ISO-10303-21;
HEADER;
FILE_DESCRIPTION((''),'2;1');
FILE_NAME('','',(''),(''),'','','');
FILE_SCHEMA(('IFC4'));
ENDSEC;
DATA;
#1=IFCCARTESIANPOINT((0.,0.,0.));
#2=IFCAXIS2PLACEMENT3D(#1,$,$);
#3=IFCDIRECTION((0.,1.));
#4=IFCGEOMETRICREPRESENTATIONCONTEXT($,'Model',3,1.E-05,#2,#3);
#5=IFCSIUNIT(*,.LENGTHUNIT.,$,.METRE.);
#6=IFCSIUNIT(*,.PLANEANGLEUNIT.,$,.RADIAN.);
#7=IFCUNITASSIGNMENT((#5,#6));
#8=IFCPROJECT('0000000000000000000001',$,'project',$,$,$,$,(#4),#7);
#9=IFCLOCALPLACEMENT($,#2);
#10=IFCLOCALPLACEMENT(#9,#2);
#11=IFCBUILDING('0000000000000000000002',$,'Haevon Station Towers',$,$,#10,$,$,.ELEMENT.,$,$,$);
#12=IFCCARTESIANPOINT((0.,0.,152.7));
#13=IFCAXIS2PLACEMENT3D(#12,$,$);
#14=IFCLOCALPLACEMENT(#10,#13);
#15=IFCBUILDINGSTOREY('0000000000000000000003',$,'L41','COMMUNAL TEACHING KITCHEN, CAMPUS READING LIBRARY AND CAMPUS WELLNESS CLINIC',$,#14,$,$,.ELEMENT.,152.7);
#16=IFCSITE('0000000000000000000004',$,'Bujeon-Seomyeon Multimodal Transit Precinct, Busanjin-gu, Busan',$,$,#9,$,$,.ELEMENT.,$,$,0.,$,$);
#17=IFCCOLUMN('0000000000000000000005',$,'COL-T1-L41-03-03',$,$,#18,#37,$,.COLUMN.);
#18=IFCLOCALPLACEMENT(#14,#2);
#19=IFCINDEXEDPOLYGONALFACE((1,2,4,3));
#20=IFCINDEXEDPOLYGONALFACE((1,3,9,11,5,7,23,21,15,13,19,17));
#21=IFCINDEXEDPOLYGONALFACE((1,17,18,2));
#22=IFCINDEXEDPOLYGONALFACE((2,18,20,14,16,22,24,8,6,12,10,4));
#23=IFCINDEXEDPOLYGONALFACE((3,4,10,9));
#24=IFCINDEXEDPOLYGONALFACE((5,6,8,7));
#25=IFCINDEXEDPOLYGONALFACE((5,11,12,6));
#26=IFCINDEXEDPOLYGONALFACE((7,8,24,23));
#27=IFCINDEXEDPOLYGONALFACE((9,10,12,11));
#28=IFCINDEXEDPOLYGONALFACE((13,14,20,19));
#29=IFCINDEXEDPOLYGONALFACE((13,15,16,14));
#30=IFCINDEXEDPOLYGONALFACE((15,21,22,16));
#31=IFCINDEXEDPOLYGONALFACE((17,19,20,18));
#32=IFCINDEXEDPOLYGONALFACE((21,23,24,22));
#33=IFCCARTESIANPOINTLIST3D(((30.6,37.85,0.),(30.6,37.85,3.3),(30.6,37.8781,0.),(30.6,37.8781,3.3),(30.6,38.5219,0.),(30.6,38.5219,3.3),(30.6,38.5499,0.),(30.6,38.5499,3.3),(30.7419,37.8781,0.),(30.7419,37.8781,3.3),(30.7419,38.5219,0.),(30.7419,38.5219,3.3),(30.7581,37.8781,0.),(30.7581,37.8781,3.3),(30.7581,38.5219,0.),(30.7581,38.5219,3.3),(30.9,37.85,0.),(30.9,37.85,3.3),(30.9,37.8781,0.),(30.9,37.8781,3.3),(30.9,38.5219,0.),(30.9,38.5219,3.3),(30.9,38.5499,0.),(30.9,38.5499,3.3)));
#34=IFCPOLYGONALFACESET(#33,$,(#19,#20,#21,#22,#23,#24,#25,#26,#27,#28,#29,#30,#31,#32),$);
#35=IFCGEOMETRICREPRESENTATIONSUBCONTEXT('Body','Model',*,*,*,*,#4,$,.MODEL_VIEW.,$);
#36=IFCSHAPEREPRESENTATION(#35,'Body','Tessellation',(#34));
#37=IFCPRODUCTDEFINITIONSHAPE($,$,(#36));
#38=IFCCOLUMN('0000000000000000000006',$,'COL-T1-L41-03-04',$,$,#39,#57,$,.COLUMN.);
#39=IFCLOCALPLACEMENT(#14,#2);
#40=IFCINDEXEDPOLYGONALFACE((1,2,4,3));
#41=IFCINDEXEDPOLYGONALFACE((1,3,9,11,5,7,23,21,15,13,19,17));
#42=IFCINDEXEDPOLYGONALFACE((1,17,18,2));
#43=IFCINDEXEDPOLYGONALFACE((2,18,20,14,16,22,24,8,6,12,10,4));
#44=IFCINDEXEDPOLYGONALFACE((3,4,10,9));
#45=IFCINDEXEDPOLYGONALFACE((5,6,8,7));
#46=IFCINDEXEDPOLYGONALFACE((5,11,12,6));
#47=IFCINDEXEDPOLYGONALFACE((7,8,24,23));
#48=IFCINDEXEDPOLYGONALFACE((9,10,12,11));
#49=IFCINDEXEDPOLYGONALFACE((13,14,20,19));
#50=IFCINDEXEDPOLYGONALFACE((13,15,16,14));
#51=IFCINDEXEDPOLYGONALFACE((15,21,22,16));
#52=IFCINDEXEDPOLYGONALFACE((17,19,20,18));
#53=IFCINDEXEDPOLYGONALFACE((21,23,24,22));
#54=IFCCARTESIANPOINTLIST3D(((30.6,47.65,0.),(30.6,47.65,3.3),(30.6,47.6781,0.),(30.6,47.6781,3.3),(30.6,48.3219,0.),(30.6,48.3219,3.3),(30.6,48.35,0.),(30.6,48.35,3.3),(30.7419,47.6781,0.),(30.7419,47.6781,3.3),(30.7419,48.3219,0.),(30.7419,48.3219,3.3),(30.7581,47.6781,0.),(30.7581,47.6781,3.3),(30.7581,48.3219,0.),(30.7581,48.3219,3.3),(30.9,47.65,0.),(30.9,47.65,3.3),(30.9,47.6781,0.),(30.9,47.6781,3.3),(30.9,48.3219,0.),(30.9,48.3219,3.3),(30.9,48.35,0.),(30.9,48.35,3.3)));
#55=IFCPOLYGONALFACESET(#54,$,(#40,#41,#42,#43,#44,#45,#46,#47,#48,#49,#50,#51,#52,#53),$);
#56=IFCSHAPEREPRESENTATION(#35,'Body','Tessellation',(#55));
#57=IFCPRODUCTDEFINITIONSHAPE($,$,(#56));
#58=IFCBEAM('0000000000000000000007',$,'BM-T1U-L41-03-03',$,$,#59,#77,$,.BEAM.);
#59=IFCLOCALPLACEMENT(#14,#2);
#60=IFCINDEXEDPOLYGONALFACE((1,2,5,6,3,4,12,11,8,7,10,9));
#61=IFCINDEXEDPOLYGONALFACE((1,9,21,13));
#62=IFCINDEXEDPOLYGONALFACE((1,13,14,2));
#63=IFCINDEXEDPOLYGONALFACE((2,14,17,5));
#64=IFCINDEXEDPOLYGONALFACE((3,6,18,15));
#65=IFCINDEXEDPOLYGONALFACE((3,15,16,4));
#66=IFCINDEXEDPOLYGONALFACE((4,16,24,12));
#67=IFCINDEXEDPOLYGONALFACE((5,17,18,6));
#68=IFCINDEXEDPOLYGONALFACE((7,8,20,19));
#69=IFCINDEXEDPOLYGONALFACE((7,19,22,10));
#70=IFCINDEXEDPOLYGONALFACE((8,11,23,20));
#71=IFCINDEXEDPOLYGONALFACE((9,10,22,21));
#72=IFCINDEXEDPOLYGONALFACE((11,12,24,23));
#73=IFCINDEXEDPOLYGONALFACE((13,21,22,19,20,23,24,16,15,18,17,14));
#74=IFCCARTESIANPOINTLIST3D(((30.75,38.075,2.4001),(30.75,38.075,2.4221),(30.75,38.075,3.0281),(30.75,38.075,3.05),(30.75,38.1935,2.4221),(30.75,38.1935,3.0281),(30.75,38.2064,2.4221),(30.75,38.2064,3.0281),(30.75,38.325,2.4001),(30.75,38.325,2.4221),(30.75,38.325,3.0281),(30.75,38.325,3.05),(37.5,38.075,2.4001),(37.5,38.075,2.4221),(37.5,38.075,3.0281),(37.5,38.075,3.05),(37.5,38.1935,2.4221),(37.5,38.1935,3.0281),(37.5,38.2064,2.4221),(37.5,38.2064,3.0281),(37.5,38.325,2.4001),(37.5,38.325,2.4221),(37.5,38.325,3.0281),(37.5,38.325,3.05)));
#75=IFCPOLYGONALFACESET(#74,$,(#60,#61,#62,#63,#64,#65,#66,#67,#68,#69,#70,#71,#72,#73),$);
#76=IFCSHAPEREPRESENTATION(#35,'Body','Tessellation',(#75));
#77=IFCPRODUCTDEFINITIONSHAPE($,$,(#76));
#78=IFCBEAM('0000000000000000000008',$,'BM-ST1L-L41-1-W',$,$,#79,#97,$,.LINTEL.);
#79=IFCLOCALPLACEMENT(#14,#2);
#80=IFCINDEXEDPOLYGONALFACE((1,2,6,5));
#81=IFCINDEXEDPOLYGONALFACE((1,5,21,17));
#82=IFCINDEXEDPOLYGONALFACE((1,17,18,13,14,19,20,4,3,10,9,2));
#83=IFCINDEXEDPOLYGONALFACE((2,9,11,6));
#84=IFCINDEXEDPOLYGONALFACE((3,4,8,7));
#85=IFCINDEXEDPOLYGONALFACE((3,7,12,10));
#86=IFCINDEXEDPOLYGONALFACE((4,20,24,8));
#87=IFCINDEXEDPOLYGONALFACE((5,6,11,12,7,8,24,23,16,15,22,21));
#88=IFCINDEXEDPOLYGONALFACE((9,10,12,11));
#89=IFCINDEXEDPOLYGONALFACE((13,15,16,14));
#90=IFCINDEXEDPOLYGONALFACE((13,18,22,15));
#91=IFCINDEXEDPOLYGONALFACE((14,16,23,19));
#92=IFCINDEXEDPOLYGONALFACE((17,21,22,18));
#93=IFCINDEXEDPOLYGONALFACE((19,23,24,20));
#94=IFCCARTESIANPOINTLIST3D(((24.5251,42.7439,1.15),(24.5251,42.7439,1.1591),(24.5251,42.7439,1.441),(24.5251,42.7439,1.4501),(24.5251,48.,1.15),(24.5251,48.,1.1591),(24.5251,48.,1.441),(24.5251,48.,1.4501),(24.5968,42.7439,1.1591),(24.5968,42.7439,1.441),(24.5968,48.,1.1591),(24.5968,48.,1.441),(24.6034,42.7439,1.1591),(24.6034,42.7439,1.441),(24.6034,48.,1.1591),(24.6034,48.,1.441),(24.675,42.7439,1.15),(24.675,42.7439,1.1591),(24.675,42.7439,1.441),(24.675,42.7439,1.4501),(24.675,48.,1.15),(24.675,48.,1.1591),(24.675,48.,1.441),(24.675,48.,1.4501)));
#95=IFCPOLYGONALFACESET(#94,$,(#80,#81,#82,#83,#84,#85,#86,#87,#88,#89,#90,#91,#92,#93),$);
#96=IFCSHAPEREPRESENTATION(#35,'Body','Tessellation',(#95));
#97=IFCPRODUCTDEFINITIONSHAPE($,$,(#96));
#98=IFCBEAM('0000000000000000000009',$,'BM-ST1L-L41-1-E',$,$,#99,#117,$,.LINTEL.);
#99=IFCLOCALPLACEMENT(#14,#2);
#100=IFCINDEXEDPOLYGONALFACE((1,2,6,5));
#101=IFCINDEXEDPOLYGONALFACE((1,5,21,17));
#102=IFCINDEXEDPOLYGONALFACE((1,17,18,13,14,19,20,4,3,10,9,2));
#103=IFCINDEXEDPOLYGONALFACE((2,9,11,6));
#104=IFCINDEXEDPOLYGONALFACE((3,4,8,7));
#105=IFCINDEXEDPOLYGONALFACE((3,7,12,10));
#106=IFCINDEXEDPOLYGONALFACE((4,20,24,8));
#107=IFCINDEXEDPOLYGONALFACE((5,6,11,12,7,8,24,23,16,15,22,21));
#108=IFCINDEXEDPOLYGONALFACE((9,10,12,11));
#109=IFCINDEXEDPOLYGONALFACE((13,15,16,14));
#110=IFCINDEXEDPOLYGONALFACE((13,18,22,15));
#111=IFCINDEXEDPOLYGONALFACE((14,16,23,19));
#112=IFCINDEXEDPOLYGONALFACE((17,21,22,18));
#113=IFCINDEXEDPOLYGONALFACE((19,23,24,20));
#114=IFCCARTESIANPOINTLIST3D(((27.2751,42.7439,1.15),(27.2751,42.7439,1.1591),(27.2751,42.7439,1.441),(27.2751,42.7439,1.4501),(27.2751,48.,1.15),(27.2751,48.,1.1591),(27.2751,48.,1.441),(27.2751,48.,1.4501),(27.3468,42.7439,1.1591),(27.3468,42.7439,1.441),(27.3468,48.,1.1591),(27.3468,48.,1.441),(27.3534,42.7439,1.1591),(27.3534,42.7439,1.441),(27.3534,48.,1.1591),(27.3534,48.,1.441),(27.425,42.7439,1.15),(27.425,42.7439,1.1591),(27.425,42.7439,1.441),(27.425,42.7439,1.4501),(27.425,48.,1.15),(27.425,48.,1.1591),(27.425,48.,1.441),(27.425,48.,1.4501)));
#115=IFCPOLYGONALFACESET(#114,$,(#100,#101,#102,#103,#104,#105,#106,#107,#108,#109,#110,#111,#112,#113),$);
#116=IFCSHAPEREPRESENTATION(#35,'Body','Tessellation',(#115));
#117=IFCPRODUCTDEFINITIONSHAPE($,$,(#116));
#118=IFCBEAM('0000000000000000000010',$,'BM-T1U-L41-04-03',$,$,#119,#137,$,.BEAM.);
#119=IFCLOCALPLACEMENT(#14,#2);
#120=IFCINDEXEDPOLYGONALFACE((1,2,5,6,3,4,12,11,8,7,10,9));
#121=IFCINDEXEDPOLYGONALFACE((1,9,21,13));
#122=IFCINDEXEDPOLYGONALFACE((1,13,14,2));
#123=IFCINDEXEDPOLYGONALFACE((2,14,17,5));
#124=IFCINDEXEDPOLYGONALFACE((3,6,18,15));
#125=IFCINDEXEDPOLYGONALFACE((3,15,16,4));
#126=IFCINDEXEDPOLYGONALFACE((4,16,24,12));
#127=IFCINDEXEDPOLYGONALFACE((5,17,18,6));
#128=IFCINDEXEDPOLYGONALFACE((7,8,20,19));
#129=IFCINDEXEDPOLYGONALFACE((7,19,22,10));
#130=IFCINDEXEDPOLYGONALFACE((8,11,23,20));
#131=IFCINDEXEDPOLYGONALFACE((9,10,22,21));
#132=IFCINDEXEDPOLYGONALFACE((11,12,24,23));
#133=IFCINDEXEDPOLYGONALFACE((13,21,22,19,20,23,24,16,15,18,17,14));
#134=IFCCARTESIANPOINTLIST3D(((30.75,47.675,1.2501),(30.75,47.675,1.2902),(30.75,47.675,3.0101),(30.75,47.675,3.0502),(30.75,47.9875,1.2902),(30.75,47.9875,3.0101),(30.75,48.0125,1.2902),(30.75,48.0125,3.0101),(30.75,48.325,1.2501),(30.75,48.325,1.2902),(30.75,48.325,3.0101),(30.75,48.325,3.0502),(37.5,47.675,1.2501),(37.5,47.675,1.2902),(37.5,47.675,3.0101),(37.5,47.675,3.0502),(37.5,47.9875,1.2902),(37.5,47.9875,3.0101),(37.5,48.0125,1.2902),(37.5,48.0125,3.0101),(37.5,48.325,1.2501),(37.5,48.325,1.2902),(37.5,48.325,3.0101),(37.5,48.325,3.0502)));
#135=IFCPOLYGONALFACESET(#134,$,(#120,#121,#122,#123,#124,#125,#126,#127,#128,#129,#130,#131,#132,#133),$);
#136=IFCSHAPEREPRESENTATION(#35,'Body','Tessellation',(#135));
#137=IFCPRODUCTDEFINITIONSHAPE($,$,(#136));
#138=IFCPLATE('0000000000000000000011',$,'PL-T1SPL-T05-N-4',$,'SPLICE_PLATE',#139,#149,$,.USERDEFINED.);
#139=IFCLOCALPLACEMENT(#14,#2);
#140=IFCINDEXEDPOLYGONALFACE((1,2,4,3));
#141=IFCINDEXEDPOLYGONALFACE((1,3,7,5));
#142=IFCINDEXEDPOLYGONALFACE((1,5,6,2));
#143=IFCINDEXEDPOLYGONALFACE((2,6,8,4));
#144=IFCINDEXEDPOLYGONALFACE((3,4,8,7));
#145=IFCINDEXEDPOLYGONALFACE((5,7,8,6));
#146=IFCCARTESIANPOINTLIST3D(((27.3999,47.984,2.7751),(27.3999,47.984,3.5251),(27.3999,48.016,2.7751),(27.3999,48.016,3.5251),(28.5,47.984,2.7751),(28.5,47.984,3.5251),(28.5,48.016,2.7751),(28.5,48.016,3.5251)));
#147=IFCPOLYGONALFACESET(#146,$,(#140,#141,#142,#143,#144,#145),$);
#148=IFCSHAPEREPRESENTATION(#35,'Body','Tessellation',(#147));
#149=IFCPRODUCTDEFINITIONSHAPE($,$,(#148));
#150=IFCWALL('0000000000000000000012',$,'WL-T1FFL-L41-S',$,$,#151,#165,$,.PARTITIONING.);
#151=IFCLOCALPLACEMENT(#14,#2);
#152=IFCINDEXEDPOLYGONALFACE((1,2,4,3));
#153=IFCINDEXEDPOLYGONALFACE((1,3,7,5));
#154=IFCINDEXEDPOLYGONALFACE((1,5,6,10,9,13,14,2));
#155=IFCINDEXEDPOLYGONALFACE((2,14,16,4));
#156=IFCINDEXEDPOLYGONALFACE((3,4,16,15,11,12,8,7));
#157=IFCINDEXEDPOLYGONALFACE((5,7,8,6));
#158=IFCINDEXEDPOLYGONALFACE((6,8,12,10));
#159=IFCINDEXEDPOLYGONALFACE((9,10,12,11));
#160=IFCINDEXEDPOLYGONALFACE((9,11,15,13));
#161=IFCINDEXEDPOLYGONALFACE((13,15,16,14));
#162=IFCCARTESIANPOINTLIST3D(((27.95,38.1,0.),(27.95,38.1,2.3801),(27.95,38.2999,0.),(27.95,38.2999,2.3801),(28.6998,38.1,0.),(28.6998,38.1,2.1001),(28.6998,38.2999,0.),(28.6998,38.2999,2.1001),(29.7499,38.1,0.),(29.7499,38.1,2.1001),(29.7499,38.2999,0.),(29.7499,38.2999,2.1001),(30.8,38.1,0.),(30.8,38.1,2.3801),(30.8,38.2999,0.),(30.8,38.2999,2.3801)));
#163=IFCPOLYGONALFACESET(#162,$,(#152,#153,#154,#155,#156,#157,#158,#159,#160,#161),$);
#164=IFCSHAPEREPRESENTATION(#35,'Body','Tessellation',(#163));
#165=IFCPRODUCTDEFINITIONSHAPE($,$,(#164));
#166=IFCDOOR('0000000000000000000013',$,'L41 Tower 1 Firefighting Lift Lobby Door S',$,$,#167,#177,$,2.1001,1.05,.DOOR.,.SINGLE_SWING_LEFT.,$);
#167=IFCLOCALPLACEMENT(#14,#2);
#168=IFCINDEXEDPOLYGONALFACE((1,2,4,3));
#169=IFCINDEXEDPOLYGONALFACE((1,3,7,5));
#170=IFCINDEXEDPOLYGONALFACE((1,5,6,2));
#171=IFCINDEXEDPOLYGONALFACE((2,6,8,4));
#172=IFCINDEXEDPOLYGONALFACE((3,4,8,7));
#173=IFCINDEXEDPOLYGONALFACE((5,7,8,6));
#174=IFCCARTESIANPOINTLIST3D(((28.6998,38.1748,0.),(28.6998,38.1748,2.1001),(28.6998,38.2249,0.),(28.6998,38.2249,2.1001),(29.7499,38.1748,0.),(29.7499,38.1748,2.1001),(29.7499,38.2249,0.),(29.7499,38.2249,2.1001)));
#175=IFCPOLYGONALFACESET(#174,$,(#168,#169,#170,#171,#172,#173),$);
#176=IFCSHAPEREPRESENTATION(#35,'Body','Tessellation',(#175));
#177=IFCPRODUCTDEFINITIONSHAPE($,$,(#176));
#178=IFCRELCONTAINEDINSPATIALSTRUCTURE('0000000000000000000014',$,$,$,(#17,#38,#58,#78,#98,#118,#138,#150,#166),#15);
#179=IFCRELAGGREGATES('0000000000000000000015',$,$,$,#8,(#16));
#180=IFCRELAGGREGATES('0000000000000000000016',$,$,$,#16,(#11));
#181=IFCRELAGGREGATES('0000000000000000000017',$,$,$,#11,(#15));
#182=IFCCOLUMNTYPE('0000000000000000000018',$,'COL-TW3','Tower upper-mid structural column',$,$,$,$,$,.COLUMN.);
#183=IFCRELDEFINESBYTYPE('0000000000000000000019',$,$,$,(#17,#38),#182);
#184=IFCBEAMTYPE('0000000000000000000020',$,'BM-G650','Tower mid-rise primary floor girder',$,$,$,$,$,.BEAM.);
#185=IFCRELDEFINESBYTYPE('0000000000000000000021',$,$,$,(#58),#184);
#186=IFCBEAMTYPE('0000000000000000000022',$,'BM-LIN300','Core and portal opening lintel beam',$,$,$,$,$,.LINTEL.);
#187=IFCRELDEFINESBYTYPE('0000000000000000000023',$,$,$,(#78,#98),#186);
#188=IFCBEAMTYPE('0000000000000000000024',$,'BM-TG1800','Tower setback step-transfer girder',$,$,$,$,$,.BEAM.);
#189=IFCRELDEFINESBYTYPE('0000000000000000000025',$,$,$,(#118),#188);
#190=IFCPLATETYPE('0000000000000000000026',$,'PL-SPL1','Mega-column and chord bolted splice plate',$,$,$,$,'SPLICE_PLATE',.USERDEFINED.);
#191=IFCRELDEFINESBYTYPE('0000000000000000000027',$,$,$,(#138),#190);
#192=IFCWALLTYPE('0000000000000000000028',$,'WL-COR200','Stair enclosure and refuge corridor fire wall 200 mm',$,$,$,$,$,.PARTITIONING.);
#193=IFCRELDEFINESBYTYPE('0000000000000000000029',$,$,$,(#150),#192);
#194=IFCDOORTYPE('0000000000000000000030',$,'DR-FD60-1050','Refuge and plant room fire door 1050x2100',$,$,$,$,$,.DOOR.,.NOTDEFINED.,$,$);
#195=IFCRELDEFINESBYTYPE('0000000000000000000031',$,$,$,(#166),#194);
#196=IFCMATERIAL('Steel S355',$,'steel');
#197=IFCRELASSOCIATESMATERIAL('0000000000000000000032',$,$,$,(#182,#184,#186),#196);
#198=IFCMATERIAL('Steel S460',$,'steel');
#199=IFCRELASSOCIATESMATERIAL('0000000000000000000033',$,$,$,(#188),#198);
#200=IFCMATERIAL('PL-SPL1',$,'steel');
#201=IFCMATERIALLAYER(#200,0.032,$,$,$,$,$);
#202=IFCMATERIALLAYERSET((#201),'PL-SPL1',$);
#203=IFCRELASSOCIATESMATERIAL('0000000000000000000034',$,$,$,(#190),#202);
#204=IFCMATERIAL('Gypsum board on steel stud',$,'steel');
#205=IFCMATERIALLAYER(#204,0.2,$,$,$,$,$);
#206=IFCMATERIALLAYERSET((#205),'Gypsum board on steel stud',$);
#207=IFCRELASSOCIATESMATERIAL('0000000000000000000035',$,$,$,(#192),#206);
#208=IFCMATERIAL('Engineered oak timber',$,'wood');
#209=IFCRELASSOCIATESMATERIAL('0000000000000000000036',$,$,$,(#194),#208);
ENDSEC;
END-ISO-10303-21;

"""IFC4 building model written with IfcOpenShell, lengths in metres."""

from ifc_helpers import new_model, si_unit, direction, frame, frame_2d, origin, origin_2d, place, context, subcontext, project, spatial, rectangle, i_section, extrude, material, layer, layer_set, material_profile, profile_set, type_object, element, fill, save


model = new_model("IFC4")

# Units and contexts
model_context = context("Model", 3, precision=1e-05, world=origin(), true_north=direction((0.0, 1.0)))
body_context = subcontext(model_context, "Body", "Model", "MODEL_VIEW")
ifc_project = project(units=[si_unit("LENGTHUNIT", "METRE"), si_unit("PLANEANGLEUNIT", "RADIAN")], contexts=[model_context])

# Site, building, storey
site_placement = place(None, origin())
site = spatial("IfcSite", under=ifc_project, at=site_placement, Name="Bujeon-Seomyeon Multimodal Transit Precinct, Busanjin-gu, Busan", CompositionType="ELEMENT", RefElevation=0.0)
building_placement = place(site_placement, origin())
building = spatial("IfcBuilding", under=site, at=building_placement, Name="Haevon Station Towers", CompositionType="ELEMENT")
storey_placement = place(building_placement, frame((0.0, 0.0, 152.7)))
storey = spatial("IfcBuildingStorey", under=building, at=storey_placement, Name="L41", Description="COMMUNAL TEACHING KITCHEN, CAMPUS READING LIBRARY AND CAMPUS WELLNESS CLINIC", CompositionType="ELEMENT", Elevation=152.7)

# Columns
ifc_material_1 = material(Name="Steel S355", Category="steel")
ifc_material_profile_1 = material_profile(ifc_material_1, i_section(OverallWidth=0.3, OverallDepth=0.7, WebThickness=0.0161, FlangeThickness=0.0281, at=origin_2d()), Name="H-700x300x16x28")
ifc_profile_set_1 = profile_set([ifc_material_profile_1], Name="Steel S355")
column_type = type_object("IfcColumnType", Name="COL-TW3", Description="Tower upper-mid structural column", PredefinedType="COLUMN", material=ifc_profile_set_1)
for number, where, z_axis, x_axis, name in (
    (1, (30.75, 38.2, 0.0), (0.0, 0.0, 1.0), (1.0, 0.0, 0.0), "COL-T1-L41-03-03"),
    (2, (30.75, 48.0, 0.0), (0.0, 0.0, 1.0), (1.0, 0.0, 0.0), "COL-T1-L41-03-04"),
):
    element("IfcColumn", number, at=place(storey_placement, frame(where, z_axis=z_axis, x_axis=x_axis)), inside=storey, type_object=column_type, Name=name, PredefinedType="COLUMN", context=body_context, shape_type="SweptSolid", body=[
        extrude(i_section(OverallWidth=0.3, OverallDepth=0.7, WebThickness=0.0161, FlangeThickness=0.0281, at=origin_2d()), origin(), (0.0, 0.0, 1.0), 3.3),
    ])

# Beams
ifc_material_profile_2 = material_profile(ifc_material_1, i_section(OverallWidth=0.25, OverallDepth=0.6499, WebThickness=0.0129, FlangeThickness=0.022, at=origin_2d()), Name="H-650x250x13x22")
ifc_profile_set_2 = profile_set([ifc_material_profile_2], Name="Steel S355")
beam_type_1 = type_object("IfcBeamType", Name="BM-G650", Description="Tower mid-rise primary floor girder", PredefinedType="BEAM", material=ifc_profile_set_2)
beam_1_placement = place(storey_placement, frame((30.75, 38.2, 2.7251), z_axis=(1.0, 0.0, 0.0), x_axis=(0.0, 1.0, 0.0)))
element("IfcBeam", 3, at=beam_1_placement, inside=storey, type_object=beam_type_1, Name="BM-T1U-L41-03-03", PredefinedType="BEAM", context=body_context, shape_type="SweptSolid", body=[
    extrude(i_section(OverallWidth=0.25, OverallDepth=0.6499, WebThickness=0.0129, FlangeThickness=0.022, at=origin_2d()), origin(), (0.0, 0.0, 1.0), 6.75),
])
ifc_material_profile_3 = material_profile(ifc_material_1, i_section(OverallWidth=0.1499, OverallDepth=0.3, WebThickness=0.0066, FlangeThickness=0.009, at=origin_2d()), Name="H-300x150x6.5x9")
ifc_profile_set_3 = profile_set([ifc_material_profile_3], Name="Steel S355")
beam_type_2 = type_object("IfcBeamType", Name="BM-LIN300", Description="Core and portal opening lintel beam", PredefinedType="LINTEL", material=ifc_profile_set_3)
for number, where, z_axis, x_axis, name in (
    (4, (24.6001, 42.7439, 1.3), (0.0, 1.0, 0.0), (-1.0, 0.0, 0.0), "BM-ST1L-L41-1-W"),
    (5, (27.3501, 42.7439, 1.3), (0.0, 1.0, 0.0), (-1.0, 0.0, 0.0), "BM-ST1L-L41-1-E"),
):
    element("IfcBeam", number, at=place(storey_placement, frame(where, z_axis=z_axis, x_axis=x_axis)), inside=storey, type_object=beam_type_2, Name=name, PredefinedType="LINTEL", context=body_context, shape_type="SweptSolid", body=[
        extrude(i_section(OverallWidth=0.1499, OverallDepth=0.3, WebThickness=0.0066, FlangeThickness=0.009, at=origin_2d()), origin(), (0.0, 0.0, 1.0), 5.2561),
    ])
ifc_material_2 = material(Name="Steel S460", Category="steel")
ifc_material_profile_4 = material_profile(ifc_material_2, i_section(OverallWidth=0.6499, OverallDepth=1.8, WebThickness=0.0249, FlangeThickness=0.04, at=origin_2d()), Name="H-1800x650x25x40")
ifc_profile_set_4 = profile_set([ifc_material_profile_4], Name="Steel S460")
beam_type_3 = type_object("IfcBeamType", Name="BM-TG1800", Description="Tower setback step-transfer girder", PredefinedType="BEAM", material=ifc_profile_set_4)
beam_2_placement = place(storey_placement, frame((30.75, 48.0, 2.1501), z_axis=(1.0, 0.0, 0.0), x_axis=(0.0, 1.0, 0.0)))
element("IfcBeam", 6, at=beam_2_placement, inside=storey, type_object=beam_type_3, Name="BM-T1U-L41-04-03", PredefinedType="BEAM", context=body_context, shape_type="SweptSolid", body=[
    extrude(i_section(OverallWidth=0.6499, OverallDepth=1.8, WebThickness=0.0249, FlangeThickness=0.04, at=origin_2d()), origin(), (0.0, 0.0, 1.0), 6.75),
])

# Plate
ifc_material_3 = material(Name="PL-SPL1", Category="steel")
ifc_layer_1 = layer(ifc_material_3, 0.032)
ifc_layer_set_1 = layer_set([ifc_layer_1], Name="PL-SPL1")
plate_type = type_object("IfcPlateType", Name="PL-SPL1", Description="Mega-column and chord bolted splice plate", ElementType="SPLICE_PLATE", PredefinedType="USERDEFINED", material=ifc_layer_set_1)
plate_placement = place(storey_placement, frame((27.95, 48.0, 2.7751), z_axis=(0.0, 0.0, 1.0), x_axis=(1.0, 0.0, 0.0)))
element("IfcPlate", 7, at=plate_placement, inside=storey, type_object=plate_type, Name="PL-T1SPL-T05-N-4", ObjectType="SPLICE_PLATE", PredefinedType="USERDEFINED", context=body_context, shape_type="SweptSolid", body=[
    extrude(rectangle(XDim=1.1001, YDim=0.032, at=origin_2d()), origin(), (0.0, 0.0, 1.0), 0.75),
])

# Wall, opening, door
ifc_material_4 = material(Name="Gypsum board on steel stud", Category="steel")
ifc_layer_2 = layer(ifc_material_4, 0.2)
ifc_layer_set_2 = layer_set([ifc_layer_2], Name="Gypsum board on steel stud")
wall_type_1 = type_object("IfcWallType", Name="WL-COR200", Description="Stair enclosure and refuge corridor fire wall 200 mm", PredefinedType="PARTITIONING", material=ifc_layer_set_2)
wall_1_placement = place(storey_placement, frame((27.95, 38.2, 0.0), z_axis=(0.0, 0.0, 1.0), x_axis=(1.0, 0.0, 0.0)))
wall_1 = element("IfcWall", 8, at=wall_1_placement, inside=storey, type_object=wall_type_1, Name="WL-T1FFL-L41-S", PredefinedType="PARTITIONING", context=body_context, shape_type="SweptSolid", body=[
    extrude(rectangle(XDim=2.8501, YDim=0.2, at=frame_2d((1.425, 0.0))), origin(), (0.0, 0.0, 1.0), 2.3801),
])
opening_1_placement = place(wall_1_placement, frame((0.75, 0.0, 0.0)))
opening_1 = element("IfcOpeningElement", 9, at=opening_1_placement, cuts=wall_1, PredefinedType="OPENING", context=body_context, shape_type="SweptSolid", body=[
    extrude(rectangle(XDim=1.05, YDim=2.1001, at=frame_2d((0.5249, 1.05))), frame((0.0, 0.1099, 0.0), z_axis=(0.0, -1.0, 0.0), x_axis=(1.0, 0.0, 0.0)), (0.0, 0.0, 1.0), 0.22),
])
ifc_material_5 = material(Name="Engineered oak timber", Category="wood")
door_type_1 = type_object("IfcDoorType", Name="DR-FD60-1050", Description="Refuge and plant room fire door 1050x2100", OperationType="NOTDEFINED", PredefinedType="DOOR", material=ifc_material_5)
door_1_placement = place(opening_1_placement, origin())
door_1 = element("IfcDoor", 10, at=door_1_placement, inside=storey, type_object=door_type_1, Name="L41 Tower 1 Firefighting Lift Lobby Door S", OperationType="SINGLE_SWING_LEFT", OverallHeight=2.1001, OverallWidth=1.05, PredefinedType="DOOR", context=body_context, shape_type="SweptSolid", body=[
    extrude(rectangle(XDim=1.05, YDim=2.1001, at=frame_2d((0.5249, 1.05))), frame((0.0, 0.0249, 0.0), z_axis=(0.0, -1.0, 0.0), x_axis=(1.0, 0.0, 0.0)), (0.0, 0.0, 1.0), 0.05),
])
fill(opening_1, door_1)

save(model, "model.ifc")
